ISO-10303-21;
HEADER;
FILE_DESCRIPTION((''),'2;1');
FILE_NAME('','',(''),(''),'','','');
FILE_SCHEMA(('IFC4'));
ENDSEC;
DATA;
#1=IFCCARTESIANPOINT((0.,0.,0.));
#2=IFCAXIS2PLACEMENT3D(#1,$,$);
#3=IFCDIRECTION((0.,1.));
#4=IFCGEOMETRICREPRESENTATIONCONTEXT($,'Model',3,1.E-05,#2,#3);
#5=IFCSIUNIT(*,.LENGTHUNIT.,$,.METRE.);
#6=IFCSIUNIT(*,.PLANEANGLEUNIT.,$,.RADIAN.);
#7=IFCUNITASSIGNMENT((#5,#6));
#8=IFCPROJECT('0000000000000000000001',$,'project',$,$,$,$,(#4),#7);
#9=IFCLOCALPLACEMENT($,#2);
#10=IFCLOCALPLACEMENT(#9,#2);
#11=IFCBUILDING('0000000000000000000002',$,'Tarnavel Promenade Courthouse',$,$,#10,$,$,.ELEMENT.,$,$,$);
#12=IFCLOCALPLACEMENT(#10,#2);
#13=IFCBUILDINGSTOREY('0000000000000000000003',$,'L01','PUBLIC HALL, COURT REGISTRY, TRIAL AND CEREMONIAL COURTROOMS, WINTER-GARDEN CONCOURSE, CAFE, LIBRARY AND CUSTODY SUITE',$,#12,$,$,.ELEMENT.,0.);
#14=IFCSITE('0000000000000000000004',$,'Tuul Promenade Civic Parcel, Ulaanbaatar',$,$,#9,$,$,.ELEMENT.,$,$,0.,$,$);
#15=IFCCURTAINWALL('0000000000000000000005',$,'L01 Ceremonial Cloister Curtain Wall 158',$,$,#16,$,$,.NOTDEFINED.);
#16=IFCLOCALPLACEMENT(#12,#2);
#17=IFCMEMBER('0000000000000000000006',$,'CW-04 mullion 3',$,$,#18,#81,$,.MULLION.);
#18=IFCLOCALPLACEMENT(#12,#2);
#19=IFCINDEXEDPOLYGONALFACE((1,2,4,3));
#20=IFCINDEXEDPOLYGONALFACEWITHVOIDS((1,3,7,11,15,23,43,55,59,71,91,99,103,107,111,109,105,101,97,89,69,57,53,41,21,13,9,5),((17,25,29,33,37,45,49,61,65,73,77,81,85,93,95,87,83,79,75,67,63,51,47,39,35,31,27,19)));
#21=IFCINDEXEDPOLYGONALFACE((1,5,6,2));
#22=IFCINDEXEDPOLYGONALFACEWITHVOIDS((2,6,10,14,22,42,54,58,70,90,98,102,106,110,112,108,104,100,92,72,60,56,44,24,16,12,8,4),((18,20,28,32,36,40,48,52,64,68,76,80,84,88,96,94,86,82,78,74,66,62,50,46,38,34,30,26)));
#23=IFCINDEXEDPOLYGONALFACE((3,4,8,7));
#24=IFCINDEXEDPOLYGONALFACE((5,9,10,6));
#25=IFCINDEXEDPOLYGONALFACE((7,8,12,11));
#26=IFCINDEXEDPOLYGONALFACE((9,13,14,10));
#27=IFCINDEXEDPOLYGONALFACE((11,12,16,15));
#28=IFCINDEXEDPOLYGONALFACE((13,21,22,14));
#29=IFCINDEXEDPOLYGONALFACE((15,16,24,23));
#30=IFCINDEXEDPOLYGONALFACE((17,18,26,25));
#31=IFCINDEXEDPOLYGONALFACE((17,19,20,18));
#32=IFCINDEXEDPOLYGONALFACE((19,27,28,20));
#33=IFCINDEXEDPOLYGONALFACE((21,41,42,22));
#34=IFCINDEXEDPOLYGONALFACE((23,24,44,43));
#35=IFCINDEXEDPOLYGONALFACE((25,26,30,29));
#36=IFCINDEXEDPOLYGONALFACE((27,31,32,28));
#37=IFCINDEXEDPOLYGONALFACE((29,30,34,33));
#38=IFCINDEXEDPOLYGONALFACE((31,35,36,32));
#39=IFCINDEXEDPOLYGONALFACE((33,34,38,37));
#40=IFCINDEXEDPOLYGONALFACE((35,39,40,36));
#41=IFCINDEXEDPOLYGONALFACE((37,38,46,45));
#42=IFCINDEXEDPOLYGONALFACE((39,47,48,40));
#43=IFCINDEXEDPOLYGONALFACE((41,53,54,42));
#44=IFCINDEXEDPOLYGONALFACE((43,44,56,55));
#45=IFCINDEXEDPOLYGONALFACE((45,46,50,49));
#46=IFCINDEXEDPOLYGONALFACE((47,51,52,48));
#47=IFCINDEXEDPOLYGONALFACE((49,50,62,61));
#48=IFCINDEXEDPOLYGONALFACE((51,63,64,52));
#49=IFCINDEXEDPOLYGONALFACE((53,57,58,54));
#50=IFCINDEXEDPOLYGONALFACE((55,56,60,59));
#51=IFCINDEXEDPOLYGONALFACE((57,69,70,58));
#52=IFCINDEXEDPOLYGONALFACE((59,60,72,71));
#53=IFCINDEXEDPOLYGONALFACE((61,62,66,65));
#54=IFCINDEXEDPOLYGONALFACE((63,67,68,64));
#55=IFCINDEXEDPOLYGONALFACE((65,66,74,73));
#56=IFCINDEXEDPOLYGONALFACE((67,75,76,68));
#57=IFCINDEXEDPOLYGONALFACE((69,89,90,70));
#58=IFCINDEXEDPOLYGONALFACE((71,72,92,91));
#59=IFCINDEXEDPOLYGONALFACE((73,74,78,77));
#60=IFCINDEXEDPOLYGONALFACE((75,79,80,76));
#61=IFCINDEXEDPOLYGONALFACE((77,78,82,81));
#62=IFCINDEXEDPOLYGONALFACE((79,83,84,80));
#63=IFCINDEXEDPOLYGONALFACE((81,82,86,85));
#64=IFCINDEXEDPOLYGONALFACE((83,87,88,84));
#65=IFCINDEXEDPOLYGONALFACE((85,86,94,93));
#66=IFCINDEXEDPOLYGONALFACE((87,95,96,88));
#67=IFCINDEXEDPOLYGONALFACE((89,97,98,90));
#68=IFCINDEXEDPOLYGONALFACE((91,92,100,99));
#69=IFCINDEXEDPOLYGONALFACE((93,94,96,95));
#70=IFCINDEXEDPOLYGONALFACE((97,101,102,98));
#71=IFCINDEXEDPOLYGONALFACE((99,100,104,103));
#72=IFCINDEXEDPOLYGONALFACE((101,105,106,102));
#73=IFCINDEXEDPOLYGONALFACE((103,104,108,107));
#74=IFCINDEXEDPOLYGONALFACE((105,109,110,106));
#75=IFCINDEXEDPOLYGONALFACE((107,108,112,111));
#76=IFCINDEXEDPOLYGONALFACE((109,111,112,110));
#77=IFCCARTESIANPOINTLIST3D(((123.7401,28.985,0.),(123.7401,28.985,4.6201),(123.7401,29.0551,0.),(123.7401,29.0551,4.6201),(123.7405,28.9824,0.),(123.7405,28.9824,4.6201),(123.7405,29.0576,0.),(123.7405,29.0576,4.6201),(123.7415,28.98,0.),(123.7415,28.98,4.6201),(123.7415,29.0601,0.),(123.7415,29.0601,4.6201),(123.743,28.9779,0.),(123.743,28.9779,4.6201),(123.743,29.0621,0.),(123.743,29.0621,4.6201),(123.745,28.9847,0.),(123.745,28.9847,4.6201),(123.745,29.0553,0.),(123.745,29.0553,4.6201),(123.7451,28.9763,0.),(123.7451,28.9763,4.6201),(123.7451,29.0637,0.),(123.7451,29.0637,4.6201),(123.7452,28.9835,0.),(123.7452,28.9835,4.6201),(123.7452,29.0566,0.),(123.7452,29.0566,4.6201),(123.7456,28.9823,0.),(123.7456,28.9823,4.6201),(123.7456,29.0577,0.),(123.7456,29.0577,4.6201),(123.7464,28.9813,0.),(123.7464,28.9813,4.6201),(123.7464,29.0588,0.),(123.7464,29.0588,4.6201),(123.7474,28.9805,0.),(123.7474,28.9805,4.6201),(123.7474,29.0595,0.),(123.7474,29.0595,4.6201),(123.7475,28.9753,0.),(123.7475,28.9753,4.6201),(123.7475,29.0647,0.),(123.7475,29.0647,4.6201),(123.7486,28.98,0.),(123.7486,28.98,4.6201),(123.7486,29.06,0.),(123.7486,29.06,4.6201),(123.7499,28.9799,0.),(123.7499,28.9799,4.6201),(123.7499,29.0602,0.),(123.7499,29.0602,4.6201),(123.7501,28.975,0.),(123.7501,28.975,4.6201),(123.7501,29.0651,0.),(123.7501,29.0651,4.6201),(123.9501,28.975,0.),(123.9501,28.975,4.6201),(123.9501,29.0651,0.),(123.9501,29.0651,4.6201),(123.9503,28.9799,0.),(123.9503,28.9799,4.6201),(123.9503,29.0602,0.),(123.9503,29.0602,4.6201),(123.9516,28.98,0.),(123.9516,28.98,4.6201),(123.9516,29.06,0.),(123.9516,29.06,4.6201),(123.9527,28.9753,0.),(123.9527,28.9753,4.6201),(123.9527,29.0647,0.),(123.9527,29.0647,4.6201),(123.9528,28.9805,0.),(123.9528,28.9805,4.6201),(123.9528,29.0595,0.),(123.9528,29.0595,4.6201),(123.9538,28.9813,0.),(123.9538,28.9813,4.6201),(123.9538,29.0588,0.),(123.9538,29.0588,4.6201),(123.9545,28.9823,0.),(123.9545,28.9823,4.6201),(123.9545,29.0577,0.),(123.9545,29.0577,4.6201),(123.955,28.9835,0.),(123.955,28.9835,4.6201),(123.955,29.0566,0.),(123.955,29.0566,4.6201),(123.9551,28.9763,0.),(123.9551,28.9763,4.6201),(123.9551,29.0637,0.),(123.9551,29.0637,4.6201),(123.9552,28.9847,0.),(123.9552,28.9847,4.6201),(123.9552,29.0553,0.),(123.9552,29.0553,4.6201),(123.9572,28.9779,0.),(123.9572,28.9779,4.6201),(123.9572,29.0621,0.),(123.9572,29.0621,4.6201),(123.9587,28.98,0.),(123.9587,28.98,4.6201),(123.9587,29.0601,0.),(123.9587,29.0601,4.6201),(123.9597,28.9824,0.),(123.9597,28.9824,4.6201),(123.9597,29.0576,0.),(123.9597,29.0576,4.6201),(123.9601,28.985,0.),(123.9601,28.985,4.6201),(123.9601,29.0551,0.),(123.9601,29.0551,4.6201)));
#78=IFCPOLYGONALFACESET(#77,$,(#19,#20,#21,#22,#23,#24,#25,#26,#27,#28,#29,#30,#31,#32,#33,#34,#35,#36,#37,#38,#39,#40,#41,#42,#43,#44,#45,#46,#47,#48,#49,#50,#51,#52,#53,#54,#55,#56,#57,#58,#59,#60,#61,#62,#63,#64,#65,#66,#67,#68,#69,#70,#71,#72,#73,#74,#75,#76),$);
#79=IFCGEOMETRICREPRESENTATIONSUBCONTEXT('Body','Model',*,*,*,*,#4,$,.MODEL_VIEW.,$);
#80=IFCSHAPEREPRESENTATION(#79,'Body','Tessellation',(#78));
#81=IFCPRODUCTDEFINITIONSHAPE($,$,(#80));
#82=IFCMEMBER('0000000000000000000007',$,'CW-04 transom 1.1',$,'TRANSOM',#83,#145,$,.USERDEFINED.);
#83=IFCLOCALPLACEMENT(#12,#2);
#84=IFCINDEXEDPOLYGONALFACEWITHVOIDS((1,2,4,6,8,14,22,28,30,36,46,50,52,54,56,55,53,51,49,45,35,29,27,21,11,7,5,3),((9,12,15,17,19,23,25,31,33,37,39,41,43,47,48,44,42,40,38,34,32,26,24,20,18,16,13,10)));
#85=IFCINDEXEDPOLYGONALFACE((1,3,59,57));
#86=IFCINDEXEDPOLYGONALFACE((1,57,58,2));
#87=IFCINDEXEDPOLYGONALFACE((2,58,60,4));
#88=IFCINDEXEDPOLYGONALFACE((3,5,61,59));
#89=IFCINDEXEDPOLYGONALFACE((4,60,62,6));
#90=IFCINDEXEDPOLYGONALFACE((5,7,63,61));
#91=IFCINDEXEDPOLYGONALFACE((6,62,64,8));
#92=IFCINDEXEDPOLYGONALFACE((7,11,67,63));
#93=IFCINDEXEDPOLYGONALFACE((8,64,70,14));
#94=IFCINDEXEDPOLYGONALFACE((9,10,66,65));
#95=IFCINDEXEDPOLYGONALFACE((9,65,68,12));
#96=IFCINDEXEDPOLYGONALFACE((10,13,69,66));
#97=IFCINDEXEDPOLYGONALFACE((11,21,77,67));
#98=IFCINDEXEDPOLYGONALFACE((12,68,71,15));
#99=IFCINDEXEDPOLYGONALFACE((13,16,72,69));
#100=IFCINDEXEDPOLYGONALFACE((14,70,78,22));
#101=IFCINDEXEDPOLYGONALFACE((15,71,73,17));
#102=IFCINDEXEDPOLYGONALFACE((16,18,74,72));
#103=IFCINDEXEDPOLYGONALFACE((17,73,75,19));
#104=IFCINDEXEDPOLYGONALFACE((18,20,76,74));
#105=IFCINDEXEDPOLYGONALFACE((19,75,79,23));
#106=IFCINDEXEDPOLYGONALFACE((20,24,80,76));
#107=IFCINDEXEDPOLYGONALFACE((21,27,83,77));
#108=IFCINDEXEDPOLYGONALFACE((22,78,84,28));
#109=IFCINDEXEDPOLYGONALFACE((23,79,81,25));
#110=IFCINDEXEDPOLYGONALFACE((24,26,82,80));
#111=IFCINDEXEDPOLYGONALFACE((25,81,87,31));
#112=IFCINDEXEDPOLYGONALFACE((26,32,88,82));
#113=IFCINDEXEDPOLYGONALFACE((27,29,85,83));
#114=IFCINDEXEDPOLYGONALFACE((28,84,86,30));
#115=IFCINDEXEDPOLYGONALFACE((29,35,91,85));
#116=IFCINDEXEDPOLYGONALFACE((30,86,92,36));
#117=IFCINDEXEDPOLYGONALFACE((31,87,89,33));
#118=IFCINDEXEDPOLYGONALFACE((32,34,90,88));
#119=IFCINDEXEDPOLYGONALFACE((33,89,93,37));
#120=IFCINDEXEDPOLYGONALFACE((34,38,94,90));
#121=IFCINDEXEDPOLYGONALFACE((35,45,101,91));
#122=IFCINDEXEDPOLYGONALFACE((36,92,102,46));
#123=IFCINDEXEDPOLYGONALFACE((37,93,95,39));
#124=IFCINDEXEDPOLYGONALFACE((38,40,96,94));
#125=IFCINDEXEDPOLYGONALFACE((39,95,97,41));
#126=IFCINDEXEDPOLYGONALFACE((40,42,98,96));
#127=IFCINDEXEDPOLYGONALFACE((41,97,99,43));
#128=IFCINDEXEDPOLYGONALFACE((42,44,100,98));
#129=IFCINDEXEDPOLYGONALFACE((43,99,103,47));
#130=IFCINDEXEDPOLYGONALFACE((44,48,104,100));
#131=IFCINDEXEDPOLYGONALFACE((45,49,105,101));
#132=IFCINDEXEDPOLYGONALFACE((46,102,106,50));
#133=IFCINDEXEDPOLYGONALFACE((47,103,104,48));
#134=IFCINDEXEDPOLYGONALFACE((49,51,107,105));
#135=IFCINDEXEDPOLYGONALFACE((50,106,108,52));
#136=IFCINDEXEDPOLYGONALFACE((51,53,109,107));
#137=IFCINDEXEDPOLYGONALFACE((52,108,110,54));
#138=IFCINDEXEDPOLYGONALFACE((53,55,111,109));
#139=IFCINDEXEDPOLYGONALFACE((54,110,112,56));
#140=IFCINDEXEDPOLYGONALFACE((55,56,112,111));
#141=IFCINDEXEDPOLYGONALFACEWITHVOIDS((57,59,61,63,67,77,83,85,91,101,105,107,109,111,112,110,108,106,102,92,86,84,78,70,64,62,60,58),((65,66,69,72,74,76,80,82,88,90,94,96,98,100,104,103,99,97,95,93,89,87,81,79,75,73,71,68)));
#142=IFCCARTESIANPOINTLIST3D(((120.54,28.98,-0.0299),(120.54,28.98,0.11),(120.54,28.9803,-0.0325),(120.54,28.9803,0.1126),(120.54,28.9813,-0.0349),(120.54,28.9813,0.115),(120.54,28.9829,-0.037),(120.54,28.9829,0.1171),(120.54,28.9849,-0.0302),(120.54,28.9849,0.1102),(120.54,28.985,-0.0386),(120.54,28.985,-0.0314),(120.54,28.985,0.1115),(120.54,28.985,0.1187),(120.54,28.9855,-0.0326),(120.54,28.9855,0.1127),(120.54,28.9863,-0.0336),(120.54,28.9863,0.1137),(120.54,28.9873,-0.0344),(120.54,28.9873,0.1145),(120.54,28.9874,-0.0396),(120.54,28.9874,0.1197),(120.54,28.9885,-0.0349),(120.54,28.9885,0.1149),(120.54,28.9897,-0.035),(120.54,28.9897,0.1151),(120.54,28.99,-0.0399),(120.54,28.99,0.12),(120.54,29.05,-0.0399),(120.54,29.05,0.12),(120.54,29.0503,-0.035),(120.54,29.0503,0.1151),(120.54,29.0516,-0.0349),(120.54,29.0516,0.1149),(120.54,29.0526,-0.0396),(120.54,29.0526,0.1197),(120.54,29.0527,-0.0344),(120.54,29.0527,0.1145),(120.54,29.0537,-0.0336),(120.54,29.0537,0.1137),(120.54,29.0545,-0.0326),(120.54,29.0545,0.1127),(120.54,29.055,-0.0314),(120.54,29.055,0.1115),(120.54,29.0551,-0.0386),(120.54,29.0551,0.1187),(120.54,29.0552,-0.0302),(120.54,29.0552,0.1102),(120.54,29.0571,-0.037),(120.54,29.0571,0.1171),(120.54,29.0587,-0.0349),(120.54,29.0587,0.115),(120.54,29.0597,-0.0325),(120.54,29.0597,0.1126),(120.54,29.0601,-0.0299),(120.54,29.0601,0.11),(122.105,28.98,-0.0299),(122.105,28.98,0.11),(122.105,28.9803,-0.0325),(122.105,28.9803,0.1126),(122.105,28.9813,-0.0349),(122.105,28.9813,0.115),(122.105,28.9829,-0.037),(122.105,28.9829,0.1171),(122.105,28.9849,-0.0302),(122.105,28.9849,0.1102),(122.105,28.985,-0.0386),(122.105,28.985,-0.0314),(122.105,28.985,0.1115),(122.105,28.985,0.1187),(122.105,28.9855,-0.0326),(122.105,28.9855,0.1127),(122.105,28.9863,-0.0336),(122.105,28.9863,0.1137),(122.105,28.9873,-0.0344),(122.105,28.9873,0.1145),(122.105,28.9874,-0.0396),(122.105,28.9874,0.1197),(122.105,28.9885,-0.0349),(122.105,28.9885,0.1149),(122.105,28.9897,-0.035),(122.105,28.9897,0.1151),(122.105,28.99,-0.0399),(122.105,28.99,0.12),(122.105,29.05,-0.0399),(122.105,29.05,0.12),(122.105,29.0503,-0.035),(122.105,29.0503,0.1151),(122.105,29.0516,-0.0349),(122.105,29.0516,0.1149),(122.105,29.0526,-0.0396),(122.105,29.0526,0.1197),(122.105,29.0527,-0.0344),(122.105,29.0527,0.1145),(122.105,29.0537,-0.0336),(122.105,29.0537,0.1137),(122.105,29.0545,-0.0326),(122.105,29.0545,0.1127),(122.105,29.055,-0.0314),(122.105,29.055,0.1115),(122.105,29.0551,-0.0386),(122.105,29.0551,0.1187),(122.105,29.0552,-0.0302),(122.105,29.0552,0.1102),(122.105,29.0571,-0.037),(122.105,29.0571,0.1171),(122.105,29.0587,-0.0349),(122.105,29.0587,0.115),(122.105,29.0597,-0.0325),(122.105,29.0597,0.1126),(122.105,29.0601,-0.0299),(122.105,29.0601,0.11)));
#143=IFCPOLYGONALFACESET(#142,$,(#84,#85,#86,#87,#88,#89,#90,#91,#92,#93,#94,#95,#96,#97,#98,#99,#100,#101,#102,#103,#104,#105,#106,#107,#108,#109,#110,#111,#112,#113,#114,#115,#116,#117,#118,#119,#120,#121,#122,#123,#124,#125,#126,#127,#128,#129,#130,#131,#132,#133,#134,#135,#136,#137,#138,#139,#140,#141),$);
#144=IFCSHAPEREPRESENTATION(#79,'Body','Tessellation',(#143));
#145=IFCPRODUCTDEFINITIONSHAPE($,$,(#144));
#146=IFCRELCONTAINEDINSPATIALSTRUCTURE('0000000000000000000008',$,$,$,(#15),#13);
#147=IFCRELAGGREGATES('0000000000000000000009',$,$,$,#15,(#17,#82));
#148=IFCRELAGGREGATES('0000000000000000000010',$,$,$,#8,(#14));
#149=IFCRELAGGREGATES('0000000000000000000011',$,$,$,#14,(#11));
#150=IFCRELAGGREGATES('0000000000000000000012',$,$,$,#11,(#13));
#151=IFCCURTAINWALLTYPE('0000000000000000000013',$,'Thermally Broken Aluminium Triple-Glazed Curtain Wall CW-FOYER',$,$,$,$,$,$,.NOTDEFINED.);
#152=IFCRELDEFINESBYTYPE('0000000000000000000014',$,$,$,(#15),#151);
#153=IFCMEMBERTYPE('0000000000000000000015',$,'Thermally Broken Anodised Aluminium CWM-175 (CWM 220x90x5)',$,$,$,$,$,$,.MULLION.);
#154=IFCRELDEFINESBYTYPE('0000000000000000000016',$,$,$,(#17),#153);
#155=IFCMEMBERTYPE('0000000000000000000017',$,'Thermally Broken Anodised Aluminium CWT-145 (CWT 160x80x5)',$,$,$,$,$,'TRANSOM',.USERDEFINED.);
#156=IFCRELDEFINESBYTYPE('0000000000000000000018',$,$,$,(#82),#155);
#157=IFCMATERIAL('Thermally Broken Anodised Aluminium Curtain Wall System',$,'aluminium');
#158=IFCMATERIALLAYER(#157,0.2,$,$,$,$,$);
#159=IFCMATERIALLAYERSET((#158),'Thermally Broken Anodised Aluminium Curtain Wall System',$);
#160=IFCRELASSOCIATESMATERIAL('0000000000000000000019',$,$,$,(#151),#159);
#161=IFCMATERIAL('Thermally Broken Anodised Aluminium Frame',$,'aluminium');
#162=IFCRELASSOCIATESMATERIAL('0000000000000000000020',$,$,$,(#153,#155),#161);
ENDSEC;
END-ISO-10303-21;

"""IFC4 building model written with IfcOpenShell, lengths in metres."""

from ifc_helpers import new_model, si_unit, direction, frame, origin, origin_2d, place, context, subcontext, project, spatial, hollow_rectangle, extrude, material, layer, layer_set, material_profile, profile_set, type_object, element, aggregate, save


model = new_model("IFC4")

# Units and contexts
model_context = context("Model", 3, precision=1e-05, world=origin(), true_north=direction((0.0, 1.0)))
body_context = subcontext(model_context, "Body", "Model", "MODEL_VIEW")
ifc_project = project(units=[si_unit("LENGTHUNIT", "METRE"), si_unit("PLANEANGLEUNIT", "RADIAN")], contexts=[model_context])

# Site, building, storey
site_placement = place(None, origin())
site = spatial("IfcSite", under=ifc_project, at=site_placement, Name="Tuul Promenade Civic Parcel, Ulaanbaatar", CompositionType="ELEMENT", RefElevation=0.0)
building_placement = place(site_placement, origin())
building = spatial("IfcBuilding", under=site, at=building_placement, Name="Tarnavel Promenade Courthouse", CompositionType="ELEMENT")
storey_placement = place(building_placement, origin())
storey = spatial("IfcBuildingStorey", under=building, at=storey_placement, Name="L01", Description="PUBLIC HALL, COURT REGISTRY, TRIAL AND CEREMONIAL COURTROOMS, WINTER-GARDEN CONCOURSE, CAFE, LIBRARY AND CUSTODY SUITE", CompositionType="ELEMENT", Elevation=0.0)

# Curtain wall, members
ifc_material_1 = material(Name="Thermally Broken Anodised Aluminium Curtain Wall System", Category="aluminium")
ifc_layer_1 = layer(ifc_material_1, 0.2)
ifc_layer_set_1 = layer_set([ifc_layer_1], Name="Thermally Broken Anodised Aluminium Curtain Wall System")
curtain_wall_type = type_object("IfcCurtainWallType", Name="Thermally Broken Aluminium Triple-Glazed Curtain Wall CW-FOYER", PredefinedType="NOTDEFINED", material=ifc_layer_set_1)
curtain_wall_placement = place(storey_placement, origin())
curtain_wall = element("IfcCurtainWall", 1, at=curtain_wall_placement, inside=storey, type_object=curtain_wall_type, Name="L01 Ceremonial Cloister Curtain Wall 158", PredefinedType="NOTDEFINED")
ifc_material_2 = material(Name="Thermally Broken Anodised Aluminium Frame", Category="aluminium")
ifc_material_profile_1 = material_profile(ifc_material_2, hollow_rectangle(XDim=0.0901, YDim=0.22, WallThickness=0.0049, InnerFilletRadius=0.0049, OuterFilletRadius=0.01, at=origin_2d()), Name="CWM 220x90x5")
ifc_profile_set_1 = profile_set([ifc_material_profile_1], Name="Thermally Broken Anodised Aluminium Frame")
member_type_1 = type_object("IfcMemberType", Name="Thermally Broken Anodised Aluminium CWM-175 (CWM 220x90x5)", PredefinedType="MULLION", material=ifc_profile_set_1)
member_1_placement = place(storey_placement, frame((123.8501, 29.02, 0.0), z_axis=(0.0, 0.0, 1.0), x_axis=(0.0, 1.0, 0.0)))
member_1 = element("IfcMember", 2, at=member_1_placement, type_object=member_type_1, Name="CW-04 mullion 3", PredefinedType="MULLION", context=body_context, shape_type="SweptSolid", body=[
    extrude(hollow_rectangle(XDim=0.0901, YDim=0.22, WallThickness=0.0049, InnerFilletRadius=0.0049, OuterFilletRadius=0.01, at=origin_2d()), origin(), (0.0, 0.0, 1.0), 4.6201),
])
ifc_material_profile_2 = material_profile(ifc_material_2, hollow_rectangle(XDim=0.0801, YDim=0.1599, WallThickness=0.0049, InnerFilletRadius=0.0049, OuterFilletRadius=0.01, at=origin_2d()), Name="CWT 160x80x5")
ifc_profile_set_2 = profile_set([ifc_material_profile_2], Name="Thermally Broken Anodised Aluminium Frame")
member_type_2 = type_object("IfcMemberType", Name="Thermally Broken Anodised Aluminium CWT-145 (CWT 160x80x5)", ElementType="TRANSOM", PredefinedType="USERDEFINED", material=ifc_profile_set_2)
member_2_placement = place(storey_placement, frame((120.54, 29.02, 0.04), z_axis=(1.0, 0.0, 0.0), x_axis=(0.0, 1.0, 0.0)))
member_2 = element("IfcMember", 3, at=member_2_placement, type_object=member_type_2, Name="CW-04 transom 1.1", ObjectType="TRANSOM", PredefinedType="USERDEFINED", context=body_context, shape_type="SweptSolid", body=[
    extrude(hollow_rectangle(XDim=0.0801, YDim=0.1599, WallThickness=0.0049, InnerFilletRadius=0.0049, OuterFilletRadius=0.01, at=origin_2d()), origin(), (0.0, 0.0, 1.0), 1.5649),
])
aggregate(curtain_wall, [member_1, member_2])

save(model, "model.ifc")
